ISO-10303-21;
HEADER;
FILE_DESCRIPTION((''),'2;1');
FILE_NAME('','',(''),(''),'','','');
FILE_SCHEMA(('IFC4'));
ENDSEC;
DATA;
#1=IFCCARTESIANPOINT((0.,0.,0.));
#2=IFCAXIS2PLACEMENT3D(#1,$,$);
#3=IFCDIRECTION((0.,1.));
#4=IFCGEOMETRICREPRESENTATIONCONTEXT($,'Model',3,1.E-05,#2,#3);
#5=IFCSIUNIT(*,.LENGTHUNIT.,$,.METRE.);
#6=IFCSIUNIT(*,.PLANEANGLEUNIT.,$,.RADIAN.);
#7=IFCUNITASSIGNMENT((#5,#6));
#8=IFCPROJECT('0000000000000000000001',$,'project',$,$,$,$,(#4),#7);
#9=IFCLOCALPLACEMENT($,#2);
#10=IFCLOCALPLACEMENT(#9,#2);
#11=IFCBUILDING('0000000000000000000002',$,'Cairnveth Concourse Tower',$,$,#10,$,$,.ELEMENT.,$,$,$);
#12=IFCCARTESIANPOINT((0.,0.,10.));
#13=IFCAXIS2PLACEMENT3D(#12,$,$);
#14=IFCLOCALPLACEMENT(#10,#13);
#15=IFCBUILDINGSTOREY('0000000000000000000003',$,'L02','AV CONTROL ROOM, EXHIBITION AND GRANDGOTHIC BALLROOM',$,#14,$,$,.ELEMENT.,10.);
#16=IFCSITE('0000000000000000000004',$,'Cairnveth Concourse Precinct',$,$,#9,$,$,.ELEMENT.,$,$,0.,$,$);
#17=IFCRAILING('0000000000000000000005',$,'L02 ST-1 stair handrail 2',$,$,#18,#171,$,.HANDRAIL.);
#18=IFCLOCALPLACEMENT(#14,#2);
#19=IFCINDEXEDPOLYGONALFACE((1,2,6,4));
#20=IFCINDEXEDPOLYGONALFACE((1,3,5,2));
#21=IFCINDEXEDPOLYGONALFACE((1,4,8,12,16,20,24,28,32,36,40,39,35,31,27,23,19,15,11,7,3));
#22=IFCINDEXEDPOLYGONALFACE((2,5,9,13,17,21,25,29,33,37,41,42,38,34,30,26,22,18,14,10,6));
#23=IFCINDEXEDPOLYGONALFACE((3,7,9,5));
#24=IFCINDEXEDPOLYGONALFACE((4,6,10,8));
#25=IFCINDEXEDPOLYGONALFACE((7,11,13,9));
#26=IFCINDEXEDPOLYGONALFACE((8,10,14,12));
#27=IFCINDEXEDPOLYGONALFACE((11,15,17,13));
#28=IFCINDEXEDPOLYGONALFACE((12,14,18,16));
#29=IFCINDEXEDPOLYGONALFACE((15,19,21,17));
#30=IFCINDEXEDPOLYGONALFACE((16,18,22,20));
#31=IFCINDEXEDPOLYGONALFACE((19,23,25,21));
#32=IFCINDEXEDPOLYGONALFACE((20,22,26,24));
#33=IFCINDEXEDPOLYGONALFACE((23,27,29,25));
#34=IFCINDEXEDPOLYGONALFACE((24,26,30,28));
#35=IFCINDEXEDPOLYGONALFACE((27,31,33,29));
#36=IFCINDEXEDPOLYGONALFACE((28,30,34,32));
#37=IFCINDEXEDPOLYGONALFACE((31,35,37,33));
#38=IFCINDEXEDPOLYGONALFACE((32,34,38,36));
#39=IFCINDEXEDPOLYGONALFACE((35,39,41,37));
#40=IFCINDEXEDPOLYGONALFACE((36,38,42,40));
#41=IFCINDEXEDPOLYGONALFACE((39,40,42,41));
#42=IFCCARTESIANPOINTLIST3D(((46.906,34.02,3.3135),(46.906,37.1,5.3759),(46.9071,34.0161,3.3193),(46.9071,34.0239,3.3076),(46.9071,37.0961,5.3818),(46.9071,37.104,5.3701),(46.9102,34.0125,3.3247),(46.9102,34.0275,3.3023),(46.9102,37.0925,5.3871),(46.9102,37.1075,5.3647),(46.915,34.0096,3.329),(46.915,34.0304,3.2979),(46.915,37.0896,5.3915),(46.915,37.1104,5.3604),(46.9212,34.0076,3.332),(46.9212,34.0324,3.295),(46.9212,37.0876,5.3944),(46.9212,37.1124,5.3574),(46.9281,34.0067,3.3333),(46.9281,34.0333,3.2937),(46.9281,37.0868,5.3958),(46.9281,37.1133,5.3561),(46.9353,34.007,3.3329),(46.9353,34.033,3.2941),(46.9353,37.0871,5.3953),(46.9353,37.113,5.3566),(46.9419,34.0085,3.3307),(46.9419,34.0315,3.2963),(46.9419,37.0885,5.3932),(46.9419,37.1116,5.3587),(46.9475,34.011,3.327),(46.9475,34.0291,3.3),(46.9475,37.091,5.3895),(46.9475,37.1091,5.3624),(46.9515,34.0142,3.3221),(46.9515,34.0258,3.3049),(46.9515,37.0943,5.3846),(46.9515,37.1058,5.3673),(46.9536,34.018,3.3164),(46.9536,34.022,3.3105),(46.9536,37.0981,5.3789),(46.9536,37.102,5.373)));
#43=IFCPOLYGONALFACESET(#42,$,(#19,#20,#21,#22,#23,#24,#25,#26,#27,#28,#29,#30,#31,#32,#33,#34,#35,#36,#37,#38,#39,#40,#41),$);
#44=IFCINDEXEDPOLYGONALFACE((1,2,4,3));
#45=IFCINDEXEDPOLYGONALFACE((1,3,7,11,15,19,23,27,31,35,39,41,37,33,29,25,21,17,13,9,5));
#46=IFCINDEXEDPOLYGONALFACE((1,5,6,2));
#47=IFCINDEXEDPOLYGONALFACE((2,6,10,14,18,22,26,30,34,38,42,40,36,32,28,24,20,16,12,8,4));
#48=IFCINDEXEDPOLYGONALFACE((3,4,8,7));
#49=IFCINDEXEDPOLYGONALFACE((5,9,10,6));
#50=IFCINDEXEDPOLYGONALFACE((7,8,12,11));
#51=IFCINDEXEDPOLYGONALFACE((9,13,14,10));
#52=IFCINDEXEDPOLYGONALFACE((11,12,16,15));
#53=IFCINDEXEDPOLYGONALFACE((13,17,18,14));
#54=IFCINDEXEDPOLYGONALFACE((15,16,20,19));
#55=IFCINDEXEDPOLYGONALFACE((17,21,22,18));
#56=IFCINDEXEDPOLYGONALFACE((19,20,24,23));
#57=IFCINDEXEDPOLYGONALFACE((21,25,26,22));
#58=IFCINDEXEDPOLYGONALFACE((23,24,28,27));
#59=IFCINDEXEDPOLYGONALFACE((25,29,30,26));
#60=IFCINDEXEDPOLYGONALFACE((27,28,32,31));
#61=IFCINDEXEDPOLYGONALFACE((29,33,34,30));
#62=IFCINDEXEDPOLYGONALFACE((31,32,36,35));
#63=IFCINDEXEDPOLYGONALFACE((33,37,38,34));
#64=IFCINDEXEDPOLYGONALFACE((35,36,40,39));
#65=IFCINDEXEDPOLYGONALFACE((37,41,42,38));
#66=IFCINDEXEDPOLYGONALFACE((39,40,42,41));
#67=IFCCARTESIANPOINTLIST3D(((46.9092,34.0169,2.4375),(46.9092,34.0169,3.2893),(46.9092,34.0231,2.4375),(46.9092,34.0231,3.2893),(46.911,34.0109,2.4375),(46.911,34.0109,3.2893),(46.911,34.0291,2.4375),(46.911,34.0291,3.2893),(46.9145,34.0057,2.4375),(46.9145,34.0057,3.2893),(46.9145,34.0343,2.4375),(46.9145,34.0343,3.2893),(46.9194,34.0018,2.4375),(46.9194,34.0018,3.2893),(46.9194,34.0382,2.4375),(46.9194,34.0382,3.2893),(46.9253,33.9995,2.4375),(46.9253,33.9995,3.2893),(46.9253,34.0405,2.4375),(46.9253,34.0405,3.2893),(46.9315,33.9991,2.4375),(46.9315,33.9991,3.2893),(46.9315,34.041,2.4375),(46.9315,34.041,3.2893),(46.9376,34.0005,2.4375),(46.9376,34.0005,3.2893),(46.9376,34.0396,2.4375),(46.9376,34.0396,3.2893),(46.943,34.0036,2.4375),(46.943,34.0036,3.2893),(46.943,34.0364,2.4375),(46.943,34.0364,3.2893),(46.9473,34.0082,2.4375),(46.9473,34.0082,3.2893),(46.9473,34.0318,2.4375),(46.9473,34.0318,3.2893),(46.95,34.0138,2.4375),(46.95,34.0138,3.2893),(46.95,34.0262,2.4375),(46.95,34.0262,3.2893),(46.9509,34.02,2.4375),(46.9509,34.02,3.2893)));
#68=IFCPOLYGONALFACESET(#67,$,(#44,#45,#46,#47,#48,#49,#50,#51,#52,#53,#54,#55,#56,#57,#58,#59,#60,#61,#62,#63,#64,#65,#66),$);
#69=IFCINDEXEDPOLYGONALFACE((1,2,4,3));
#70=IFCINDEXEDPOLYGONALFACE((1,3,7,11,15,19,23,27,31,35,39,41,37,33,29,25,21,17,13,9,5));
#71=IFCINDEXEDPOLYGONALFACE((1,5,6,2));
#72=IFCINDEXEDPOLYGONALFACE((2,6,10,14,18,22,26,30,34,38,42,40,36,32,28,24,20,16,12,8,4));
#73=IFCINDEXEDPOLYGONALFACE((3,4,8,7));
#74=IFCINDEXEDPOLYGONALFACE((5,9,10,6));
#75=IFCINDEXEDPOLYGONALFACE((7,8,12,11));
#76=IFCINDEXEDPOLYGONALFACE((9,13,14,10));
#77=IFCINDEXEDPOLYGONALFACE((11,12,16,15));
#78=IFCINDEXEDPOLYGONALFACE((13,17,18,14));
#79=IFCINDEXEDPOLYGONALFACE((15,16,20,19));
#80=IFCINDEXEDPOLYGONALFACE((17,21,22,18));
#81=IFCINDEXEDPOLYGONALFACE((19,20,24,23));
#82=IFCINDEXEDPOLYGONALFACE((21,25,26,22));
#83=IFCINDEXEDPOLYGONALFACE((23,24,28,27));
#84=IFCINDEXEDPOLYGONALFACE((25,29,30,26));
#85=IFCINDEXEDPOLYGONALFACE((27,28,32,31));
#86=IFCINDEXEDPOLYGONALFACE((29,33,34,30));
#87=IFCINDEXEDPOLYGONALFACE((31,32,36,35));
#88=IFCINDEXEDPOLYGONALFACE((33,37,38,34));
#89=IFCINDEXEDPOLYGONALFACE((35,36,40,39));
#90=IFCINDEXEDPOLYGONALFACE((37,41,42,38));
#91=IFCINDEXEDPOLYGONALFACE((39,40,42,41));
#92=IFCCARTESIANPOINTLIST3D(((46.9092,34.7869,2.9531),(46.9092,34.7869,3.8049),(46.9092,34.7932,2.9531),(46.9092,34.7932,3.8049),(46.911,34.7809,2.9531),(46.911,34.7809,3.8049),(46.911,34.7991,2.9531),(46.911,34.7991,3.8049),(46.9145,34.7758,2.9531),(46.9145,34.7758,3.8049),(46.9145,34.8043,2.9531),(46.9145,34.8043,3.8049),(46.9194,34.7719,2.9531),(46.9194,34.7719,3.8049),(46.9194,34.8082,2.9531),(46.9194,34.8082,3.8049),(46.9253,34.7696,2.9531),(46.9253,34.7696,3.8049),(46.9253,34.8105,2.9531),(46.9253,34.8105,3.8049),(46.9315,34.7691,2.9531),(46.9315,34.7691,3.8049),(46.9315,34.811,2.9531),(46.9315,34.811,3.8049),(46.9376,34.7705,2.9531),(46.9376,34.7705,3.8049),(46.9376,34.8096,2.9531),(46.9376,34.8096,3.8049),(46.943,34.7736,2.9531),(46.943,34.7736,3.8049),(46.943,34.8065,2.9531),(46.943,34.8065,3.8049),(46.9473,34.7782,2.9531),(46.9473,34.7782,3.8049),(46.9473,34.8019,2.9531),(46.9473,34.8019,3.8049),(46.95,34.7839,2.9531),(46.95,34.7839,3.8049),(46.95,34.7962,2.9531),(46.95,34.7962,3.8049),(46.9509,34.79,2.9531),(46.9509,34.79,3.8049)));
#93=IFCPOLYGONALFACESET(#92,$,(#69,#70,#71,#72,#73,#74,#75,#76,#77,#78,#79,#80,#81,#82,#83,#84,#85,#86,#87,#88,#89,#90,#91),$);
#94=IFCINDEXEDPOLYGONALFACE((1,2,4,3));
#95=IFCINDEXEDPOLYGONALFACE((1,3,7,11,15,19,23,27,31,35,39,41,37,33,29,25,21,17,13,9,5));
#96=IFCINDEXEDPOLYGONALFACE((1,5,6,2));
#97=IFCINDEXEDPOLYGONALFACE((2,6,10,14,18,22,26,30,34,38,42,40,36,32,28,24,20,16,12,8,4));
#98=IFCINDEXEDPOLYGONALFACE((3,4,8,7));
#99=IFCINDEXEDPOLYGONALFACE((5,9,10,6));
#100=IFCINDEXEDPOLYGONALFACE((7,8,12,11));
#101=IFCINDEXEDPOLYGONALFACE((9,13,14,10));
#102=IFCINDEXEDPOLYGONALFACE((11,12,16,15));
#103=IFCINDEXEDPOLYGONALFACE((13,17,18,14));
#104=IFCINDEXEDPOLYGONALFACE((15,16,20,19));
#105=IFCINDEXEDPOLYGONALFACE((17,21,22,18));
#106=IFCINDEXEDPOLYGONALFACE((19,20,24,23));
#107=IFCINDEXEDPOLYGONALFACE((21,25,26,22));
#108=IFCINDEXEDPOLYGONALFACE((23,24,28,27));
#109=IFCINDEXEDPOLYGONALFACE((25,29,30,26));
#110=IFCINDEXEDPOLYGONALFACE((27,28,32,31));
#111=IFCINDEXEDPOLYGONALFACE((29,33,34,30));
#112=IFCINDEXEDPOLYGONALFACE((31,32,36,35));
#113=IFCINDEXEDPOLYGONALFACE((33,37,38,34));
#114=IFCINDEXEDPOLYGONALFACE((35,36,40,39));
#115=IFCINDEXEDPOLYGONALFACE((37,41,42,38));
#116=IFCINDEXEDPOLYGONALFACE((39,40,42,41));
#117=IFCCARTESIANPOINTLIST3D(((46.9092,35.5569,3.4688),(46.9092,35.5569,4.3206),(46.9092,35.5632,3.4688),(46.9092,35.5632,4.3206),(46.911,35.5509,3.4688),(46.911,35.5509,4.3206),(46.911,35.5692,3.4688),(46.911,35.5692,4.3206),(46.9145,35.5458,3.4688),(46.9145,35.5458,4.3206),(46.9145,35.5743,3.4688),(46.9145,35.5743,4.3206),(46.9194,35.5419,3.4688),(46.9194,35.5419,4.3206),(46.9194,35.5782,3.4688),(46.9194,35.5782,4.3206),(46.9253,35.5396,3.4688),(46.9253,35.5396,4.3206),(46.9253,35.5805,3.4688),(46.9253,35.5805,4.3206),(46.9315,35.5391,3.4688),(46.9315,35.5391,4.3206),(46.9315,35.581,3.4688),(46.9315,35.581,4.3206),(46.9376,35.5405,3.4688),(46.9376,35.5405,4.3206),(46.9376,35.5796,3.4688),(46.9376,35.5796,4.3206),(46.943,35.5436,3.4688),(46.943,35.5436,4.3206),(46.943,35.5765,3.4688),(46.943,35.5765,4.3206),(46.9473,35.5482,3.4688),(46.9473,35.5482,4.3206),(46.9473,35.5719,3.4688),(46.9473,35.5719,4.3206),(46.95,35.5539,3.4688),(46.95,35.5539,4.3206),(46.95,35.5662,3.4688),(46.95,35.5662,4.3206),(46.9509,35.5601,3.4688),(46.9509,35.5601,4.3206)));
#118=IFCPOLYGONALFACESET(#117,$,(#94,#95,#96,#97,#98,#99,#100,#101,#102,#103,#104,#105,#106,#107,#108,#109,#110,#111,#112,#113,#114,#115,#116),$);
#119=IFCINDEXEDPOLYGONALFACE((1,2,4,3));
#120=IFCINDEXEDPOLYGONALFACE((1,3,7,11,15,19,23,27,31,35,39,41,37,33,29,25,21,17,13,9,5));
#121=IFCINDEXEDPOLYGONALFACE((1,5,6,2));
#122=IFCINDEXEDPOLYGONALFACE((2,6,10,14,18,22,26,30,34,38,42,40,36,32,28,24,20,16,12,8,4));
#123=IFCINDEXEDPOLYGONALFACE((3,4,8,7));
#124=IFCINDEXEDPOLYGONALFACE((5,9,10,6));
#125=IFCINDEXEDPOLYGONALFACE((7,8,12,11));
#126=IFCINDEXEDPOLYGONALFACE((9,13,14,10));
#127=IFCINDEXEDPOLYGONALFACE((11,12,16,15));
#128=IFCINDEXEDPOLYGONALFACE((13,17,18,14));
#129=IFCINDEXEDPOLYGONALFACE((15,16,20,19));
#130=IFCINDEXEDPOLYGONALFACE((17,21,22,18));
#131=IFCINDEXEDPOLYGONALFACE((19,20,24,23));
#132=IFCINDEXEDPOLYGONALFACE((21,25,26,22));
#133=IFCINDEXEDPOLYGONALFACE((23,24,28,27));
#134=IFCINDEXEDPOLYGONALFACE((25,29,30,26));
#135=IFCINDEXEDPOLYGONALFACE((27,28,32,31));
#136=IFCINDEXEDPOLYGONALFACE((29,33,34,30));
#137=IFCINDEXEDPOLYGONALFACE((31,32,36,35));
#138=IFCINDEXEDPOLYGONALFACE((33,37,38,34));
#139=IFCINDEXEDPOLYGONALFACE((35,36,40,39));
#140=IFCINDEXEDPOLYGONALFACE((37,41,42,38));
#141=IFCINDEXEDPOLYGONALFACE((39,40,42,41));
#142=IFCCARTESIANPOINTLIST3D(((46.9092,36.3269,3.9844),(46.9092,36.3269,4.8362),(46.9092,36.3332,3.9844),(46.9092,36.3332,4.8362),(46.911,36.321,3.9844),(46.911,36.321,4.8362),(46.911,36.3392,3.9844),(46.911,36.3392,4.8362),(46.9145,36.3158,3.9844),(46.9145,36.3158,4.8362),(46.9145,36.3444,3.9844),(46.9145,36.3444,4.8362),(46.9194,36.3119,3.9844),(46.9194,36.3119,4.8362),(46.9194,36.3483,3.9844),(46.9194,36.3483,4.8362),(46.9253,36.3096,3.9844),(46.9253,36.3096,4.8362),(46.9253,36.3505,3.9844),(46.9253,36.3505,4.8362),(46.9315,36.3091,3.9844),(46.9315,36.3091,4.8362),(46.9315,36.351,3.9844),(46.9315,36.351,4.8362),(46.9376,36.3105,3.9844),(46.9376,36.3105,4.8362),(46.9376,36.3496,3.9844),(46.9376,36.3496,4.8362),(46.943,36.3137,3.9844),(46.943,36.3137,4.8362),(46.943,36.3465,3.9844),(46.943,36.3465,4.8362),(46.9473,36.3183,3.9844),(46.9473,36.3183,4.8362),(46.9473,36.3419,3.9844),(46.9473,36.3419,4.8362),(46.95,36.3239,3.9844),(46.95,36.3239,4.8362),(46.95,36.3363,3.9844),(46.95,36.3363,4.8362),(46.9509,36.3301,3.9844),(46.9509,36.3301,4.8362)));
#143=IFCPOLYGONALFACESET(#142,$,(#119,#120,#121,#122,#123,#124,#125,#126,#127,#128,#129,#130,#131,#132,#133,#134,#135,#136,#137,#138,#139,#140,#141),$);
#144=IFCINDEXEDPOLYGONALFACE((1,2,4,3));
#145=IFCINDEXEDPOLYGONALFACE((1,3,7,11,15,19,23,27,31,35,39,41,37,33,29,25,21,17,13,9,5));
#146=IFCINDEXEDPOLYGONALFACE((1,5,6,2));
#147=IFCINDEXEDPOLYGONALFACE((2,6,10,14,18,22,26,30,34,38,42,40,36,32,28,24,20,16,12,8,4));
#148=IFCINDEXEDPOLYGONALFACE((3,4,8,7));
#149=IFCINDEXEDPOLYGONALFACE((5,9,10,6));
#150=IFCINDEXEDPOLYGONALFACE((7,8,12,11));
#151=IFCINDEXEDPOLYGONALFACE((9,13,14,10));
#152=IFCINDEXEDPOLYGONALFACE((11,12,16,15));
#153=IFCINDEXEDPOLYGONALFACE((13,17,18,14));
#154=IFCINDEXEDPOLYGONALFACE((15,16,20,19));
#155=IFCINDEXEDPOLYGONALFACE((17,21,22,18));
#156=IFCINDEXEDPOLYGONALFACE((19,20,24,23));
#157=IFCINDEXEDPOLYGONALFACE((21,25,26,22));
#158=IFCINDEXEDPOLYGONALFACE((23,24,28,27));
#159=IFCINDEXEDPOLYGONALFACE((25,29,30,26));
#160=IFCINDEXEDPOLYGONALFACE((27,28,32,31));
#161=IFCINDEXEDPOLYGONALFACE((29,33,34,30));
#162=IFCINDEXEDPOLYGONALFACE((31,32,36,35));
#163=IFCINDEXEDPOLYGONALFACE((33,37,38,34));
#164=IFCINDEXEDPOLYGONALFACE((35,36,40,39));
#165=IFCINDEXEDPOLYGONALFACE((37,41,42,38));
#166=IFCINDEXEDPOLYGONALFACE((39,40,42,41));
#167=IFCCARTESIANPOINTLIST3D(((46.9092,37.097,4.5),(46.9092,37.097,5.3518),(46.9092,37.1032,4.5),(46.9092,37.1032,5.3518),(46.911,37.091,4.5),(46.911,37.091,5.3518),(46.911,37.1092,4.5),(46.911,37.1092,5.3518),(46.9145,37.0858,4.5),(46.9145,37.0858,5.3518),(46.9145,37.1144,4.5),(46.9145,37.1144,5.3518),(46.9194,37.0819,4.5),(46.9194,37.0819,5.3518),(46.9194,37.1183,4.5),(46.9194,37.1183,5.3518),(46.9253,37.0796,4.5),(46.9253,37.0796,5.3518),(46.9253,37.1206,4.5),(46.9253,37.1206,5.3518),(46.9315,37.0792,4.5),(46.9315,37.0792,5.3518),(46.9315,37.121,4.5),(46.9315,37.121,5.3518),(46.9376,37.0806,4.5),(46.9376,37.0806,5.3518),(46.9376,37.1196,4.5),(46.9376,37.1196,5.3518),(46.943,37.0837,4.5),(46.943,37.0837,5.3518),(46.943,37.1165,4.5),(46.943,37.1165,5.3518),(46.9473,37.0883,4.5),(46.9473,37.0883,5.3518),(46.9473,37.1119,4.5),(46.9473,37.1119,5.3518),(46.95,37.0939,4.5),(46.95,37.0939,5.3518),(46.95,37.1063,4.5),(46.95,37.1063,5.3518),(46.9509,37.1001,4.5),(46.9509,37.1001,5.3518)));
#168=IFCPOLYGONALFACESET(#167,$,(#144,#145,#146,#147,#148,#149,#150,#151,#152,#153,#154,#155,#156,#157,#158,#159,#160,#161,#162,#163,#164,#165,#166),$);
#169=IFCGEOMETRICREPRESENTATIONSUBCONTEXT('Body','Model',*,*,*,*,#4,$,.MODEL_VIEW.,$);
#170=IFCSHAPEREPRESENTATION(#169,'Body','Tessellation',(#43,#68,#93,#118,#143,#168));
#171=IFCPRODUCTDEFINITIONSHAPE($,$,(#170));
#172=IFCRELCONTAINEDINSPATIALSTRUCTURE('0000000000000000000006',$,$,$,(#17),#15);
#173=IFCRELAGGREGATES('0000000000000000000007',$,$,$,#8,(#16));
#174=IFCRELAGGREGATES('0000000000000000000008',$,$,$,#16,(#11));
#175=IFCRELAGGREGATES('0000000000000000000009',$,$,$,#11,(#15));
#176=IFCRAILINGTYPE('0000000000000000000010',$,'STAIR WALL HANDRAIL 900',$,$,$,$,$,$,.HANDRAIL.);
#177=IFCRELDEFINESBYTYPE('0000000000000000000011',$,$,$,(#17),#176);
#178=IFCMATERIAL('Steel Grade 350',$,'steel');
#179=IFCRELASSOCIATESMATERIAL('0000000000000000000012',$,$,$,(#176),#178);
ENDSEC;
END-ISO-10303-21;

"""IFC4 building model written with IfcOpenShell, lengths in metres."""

from ifc_helpers import new_model, si_unit, direction, frame, origin, origin_2d, place, context, subcontext, project, spatial, circle, extrude, material, type_object, element, save


model = new_model("IFC4")

# Units and contexts
model_context = context("Model", 3, precision=1e-05, world=origin(), true_north=direction((0.0, 1.0)))
body_context = subcontext(model_context, "Body", "Model", "MODEL_VIEW")
ifc_project = project(units=[si_unit("LENGTHUNIT", "METRE"), si_unit("PLANEANGLEUNIT", "RADIAN")], contexts=[model_context])

# Site, building, storey
site_placement = place(None, origin())
site = spatial("IfcSite", under=ifc_project, at=site_placement, Name="Cairnveth Concourse Precinct", CompositionType="ELEMENT", RefElevation=0.0)
building_placement = place(site_placement, origin())
building = spatial("IfcBuilding", under=site, at=building_placement, Name="Cairnveth Concourse Tower", CompositionType="ELEMENT")
storey_placement = place(building_placement, frame((0.0, 0.0, 10.0)))
storey = spatial("IfcBuildingStorey", under=building, at=storey_placement, Name="L02", Description="AV CONTROL ROOM, EXHIBITION AND GRANDGOTHIC BALLROOM", CompositionType="ELEMENT", Elevation=10.0)

# Shared definitions
ifc_material_1 = material(Name="Steel Grade 350", Category="steel")

# Railing
railing_type_1 = type_object("IfcRailingType", Name="STAIR WALL HANDRAIL 900", PredefinedType="HANDRAIL", material=ifc_material_1)
railing_1_placement = place(storey_placement, frame((46.9299, 34.02, 2.4375)))
element("IfcRailing", 1, at=railing_1_placement, inside=storey, type_object=railing_type_1, Name="L02 ST-1 stair handrail 2", PredefinedType="HANDRAIL", context=body_context, shape_type="SweptSolid", body=[
    extrude(circle(Radius=0.0239, at=origin_2d()), frame((0.0, 0.0, 0.876), z_axis=(0.0, 0.830914, 0.556401), x_axis=(-1.0, 0.0, 0.0)), (0.0, 0.0, 1.0), 3.7068),
    extrude(circle(Radius=0.021, at=origin_2d()), origin(), (0.0, 0.0, 1.0), 0.8518),
    extrude(circle(Radius=0.021, at=origin_2d()), frame((0.0, 0.77, 0.5156)), (0.0, 0.0, 1.0), 0.8518),
    extrude(circle(Radius=0.021, at=origin_2d()), frame((0.0, 1.54, 1.0312)), (0.0, 0.0, 1.0), 0.8518),
    extrude(circle(Radius=0.021, at=origin_2d()), frame((0.0, 2.3101, 1.5469)), (0.0, 0.0, 1.0), 0.8518),
    extrude(circle(Radius=0.021, at=origin_2d()), frame((0.0, 3.0801, 2.0625)), (0.0, 0.0, 1.0), 0.8518),
])

save(model, "model.ifc")
